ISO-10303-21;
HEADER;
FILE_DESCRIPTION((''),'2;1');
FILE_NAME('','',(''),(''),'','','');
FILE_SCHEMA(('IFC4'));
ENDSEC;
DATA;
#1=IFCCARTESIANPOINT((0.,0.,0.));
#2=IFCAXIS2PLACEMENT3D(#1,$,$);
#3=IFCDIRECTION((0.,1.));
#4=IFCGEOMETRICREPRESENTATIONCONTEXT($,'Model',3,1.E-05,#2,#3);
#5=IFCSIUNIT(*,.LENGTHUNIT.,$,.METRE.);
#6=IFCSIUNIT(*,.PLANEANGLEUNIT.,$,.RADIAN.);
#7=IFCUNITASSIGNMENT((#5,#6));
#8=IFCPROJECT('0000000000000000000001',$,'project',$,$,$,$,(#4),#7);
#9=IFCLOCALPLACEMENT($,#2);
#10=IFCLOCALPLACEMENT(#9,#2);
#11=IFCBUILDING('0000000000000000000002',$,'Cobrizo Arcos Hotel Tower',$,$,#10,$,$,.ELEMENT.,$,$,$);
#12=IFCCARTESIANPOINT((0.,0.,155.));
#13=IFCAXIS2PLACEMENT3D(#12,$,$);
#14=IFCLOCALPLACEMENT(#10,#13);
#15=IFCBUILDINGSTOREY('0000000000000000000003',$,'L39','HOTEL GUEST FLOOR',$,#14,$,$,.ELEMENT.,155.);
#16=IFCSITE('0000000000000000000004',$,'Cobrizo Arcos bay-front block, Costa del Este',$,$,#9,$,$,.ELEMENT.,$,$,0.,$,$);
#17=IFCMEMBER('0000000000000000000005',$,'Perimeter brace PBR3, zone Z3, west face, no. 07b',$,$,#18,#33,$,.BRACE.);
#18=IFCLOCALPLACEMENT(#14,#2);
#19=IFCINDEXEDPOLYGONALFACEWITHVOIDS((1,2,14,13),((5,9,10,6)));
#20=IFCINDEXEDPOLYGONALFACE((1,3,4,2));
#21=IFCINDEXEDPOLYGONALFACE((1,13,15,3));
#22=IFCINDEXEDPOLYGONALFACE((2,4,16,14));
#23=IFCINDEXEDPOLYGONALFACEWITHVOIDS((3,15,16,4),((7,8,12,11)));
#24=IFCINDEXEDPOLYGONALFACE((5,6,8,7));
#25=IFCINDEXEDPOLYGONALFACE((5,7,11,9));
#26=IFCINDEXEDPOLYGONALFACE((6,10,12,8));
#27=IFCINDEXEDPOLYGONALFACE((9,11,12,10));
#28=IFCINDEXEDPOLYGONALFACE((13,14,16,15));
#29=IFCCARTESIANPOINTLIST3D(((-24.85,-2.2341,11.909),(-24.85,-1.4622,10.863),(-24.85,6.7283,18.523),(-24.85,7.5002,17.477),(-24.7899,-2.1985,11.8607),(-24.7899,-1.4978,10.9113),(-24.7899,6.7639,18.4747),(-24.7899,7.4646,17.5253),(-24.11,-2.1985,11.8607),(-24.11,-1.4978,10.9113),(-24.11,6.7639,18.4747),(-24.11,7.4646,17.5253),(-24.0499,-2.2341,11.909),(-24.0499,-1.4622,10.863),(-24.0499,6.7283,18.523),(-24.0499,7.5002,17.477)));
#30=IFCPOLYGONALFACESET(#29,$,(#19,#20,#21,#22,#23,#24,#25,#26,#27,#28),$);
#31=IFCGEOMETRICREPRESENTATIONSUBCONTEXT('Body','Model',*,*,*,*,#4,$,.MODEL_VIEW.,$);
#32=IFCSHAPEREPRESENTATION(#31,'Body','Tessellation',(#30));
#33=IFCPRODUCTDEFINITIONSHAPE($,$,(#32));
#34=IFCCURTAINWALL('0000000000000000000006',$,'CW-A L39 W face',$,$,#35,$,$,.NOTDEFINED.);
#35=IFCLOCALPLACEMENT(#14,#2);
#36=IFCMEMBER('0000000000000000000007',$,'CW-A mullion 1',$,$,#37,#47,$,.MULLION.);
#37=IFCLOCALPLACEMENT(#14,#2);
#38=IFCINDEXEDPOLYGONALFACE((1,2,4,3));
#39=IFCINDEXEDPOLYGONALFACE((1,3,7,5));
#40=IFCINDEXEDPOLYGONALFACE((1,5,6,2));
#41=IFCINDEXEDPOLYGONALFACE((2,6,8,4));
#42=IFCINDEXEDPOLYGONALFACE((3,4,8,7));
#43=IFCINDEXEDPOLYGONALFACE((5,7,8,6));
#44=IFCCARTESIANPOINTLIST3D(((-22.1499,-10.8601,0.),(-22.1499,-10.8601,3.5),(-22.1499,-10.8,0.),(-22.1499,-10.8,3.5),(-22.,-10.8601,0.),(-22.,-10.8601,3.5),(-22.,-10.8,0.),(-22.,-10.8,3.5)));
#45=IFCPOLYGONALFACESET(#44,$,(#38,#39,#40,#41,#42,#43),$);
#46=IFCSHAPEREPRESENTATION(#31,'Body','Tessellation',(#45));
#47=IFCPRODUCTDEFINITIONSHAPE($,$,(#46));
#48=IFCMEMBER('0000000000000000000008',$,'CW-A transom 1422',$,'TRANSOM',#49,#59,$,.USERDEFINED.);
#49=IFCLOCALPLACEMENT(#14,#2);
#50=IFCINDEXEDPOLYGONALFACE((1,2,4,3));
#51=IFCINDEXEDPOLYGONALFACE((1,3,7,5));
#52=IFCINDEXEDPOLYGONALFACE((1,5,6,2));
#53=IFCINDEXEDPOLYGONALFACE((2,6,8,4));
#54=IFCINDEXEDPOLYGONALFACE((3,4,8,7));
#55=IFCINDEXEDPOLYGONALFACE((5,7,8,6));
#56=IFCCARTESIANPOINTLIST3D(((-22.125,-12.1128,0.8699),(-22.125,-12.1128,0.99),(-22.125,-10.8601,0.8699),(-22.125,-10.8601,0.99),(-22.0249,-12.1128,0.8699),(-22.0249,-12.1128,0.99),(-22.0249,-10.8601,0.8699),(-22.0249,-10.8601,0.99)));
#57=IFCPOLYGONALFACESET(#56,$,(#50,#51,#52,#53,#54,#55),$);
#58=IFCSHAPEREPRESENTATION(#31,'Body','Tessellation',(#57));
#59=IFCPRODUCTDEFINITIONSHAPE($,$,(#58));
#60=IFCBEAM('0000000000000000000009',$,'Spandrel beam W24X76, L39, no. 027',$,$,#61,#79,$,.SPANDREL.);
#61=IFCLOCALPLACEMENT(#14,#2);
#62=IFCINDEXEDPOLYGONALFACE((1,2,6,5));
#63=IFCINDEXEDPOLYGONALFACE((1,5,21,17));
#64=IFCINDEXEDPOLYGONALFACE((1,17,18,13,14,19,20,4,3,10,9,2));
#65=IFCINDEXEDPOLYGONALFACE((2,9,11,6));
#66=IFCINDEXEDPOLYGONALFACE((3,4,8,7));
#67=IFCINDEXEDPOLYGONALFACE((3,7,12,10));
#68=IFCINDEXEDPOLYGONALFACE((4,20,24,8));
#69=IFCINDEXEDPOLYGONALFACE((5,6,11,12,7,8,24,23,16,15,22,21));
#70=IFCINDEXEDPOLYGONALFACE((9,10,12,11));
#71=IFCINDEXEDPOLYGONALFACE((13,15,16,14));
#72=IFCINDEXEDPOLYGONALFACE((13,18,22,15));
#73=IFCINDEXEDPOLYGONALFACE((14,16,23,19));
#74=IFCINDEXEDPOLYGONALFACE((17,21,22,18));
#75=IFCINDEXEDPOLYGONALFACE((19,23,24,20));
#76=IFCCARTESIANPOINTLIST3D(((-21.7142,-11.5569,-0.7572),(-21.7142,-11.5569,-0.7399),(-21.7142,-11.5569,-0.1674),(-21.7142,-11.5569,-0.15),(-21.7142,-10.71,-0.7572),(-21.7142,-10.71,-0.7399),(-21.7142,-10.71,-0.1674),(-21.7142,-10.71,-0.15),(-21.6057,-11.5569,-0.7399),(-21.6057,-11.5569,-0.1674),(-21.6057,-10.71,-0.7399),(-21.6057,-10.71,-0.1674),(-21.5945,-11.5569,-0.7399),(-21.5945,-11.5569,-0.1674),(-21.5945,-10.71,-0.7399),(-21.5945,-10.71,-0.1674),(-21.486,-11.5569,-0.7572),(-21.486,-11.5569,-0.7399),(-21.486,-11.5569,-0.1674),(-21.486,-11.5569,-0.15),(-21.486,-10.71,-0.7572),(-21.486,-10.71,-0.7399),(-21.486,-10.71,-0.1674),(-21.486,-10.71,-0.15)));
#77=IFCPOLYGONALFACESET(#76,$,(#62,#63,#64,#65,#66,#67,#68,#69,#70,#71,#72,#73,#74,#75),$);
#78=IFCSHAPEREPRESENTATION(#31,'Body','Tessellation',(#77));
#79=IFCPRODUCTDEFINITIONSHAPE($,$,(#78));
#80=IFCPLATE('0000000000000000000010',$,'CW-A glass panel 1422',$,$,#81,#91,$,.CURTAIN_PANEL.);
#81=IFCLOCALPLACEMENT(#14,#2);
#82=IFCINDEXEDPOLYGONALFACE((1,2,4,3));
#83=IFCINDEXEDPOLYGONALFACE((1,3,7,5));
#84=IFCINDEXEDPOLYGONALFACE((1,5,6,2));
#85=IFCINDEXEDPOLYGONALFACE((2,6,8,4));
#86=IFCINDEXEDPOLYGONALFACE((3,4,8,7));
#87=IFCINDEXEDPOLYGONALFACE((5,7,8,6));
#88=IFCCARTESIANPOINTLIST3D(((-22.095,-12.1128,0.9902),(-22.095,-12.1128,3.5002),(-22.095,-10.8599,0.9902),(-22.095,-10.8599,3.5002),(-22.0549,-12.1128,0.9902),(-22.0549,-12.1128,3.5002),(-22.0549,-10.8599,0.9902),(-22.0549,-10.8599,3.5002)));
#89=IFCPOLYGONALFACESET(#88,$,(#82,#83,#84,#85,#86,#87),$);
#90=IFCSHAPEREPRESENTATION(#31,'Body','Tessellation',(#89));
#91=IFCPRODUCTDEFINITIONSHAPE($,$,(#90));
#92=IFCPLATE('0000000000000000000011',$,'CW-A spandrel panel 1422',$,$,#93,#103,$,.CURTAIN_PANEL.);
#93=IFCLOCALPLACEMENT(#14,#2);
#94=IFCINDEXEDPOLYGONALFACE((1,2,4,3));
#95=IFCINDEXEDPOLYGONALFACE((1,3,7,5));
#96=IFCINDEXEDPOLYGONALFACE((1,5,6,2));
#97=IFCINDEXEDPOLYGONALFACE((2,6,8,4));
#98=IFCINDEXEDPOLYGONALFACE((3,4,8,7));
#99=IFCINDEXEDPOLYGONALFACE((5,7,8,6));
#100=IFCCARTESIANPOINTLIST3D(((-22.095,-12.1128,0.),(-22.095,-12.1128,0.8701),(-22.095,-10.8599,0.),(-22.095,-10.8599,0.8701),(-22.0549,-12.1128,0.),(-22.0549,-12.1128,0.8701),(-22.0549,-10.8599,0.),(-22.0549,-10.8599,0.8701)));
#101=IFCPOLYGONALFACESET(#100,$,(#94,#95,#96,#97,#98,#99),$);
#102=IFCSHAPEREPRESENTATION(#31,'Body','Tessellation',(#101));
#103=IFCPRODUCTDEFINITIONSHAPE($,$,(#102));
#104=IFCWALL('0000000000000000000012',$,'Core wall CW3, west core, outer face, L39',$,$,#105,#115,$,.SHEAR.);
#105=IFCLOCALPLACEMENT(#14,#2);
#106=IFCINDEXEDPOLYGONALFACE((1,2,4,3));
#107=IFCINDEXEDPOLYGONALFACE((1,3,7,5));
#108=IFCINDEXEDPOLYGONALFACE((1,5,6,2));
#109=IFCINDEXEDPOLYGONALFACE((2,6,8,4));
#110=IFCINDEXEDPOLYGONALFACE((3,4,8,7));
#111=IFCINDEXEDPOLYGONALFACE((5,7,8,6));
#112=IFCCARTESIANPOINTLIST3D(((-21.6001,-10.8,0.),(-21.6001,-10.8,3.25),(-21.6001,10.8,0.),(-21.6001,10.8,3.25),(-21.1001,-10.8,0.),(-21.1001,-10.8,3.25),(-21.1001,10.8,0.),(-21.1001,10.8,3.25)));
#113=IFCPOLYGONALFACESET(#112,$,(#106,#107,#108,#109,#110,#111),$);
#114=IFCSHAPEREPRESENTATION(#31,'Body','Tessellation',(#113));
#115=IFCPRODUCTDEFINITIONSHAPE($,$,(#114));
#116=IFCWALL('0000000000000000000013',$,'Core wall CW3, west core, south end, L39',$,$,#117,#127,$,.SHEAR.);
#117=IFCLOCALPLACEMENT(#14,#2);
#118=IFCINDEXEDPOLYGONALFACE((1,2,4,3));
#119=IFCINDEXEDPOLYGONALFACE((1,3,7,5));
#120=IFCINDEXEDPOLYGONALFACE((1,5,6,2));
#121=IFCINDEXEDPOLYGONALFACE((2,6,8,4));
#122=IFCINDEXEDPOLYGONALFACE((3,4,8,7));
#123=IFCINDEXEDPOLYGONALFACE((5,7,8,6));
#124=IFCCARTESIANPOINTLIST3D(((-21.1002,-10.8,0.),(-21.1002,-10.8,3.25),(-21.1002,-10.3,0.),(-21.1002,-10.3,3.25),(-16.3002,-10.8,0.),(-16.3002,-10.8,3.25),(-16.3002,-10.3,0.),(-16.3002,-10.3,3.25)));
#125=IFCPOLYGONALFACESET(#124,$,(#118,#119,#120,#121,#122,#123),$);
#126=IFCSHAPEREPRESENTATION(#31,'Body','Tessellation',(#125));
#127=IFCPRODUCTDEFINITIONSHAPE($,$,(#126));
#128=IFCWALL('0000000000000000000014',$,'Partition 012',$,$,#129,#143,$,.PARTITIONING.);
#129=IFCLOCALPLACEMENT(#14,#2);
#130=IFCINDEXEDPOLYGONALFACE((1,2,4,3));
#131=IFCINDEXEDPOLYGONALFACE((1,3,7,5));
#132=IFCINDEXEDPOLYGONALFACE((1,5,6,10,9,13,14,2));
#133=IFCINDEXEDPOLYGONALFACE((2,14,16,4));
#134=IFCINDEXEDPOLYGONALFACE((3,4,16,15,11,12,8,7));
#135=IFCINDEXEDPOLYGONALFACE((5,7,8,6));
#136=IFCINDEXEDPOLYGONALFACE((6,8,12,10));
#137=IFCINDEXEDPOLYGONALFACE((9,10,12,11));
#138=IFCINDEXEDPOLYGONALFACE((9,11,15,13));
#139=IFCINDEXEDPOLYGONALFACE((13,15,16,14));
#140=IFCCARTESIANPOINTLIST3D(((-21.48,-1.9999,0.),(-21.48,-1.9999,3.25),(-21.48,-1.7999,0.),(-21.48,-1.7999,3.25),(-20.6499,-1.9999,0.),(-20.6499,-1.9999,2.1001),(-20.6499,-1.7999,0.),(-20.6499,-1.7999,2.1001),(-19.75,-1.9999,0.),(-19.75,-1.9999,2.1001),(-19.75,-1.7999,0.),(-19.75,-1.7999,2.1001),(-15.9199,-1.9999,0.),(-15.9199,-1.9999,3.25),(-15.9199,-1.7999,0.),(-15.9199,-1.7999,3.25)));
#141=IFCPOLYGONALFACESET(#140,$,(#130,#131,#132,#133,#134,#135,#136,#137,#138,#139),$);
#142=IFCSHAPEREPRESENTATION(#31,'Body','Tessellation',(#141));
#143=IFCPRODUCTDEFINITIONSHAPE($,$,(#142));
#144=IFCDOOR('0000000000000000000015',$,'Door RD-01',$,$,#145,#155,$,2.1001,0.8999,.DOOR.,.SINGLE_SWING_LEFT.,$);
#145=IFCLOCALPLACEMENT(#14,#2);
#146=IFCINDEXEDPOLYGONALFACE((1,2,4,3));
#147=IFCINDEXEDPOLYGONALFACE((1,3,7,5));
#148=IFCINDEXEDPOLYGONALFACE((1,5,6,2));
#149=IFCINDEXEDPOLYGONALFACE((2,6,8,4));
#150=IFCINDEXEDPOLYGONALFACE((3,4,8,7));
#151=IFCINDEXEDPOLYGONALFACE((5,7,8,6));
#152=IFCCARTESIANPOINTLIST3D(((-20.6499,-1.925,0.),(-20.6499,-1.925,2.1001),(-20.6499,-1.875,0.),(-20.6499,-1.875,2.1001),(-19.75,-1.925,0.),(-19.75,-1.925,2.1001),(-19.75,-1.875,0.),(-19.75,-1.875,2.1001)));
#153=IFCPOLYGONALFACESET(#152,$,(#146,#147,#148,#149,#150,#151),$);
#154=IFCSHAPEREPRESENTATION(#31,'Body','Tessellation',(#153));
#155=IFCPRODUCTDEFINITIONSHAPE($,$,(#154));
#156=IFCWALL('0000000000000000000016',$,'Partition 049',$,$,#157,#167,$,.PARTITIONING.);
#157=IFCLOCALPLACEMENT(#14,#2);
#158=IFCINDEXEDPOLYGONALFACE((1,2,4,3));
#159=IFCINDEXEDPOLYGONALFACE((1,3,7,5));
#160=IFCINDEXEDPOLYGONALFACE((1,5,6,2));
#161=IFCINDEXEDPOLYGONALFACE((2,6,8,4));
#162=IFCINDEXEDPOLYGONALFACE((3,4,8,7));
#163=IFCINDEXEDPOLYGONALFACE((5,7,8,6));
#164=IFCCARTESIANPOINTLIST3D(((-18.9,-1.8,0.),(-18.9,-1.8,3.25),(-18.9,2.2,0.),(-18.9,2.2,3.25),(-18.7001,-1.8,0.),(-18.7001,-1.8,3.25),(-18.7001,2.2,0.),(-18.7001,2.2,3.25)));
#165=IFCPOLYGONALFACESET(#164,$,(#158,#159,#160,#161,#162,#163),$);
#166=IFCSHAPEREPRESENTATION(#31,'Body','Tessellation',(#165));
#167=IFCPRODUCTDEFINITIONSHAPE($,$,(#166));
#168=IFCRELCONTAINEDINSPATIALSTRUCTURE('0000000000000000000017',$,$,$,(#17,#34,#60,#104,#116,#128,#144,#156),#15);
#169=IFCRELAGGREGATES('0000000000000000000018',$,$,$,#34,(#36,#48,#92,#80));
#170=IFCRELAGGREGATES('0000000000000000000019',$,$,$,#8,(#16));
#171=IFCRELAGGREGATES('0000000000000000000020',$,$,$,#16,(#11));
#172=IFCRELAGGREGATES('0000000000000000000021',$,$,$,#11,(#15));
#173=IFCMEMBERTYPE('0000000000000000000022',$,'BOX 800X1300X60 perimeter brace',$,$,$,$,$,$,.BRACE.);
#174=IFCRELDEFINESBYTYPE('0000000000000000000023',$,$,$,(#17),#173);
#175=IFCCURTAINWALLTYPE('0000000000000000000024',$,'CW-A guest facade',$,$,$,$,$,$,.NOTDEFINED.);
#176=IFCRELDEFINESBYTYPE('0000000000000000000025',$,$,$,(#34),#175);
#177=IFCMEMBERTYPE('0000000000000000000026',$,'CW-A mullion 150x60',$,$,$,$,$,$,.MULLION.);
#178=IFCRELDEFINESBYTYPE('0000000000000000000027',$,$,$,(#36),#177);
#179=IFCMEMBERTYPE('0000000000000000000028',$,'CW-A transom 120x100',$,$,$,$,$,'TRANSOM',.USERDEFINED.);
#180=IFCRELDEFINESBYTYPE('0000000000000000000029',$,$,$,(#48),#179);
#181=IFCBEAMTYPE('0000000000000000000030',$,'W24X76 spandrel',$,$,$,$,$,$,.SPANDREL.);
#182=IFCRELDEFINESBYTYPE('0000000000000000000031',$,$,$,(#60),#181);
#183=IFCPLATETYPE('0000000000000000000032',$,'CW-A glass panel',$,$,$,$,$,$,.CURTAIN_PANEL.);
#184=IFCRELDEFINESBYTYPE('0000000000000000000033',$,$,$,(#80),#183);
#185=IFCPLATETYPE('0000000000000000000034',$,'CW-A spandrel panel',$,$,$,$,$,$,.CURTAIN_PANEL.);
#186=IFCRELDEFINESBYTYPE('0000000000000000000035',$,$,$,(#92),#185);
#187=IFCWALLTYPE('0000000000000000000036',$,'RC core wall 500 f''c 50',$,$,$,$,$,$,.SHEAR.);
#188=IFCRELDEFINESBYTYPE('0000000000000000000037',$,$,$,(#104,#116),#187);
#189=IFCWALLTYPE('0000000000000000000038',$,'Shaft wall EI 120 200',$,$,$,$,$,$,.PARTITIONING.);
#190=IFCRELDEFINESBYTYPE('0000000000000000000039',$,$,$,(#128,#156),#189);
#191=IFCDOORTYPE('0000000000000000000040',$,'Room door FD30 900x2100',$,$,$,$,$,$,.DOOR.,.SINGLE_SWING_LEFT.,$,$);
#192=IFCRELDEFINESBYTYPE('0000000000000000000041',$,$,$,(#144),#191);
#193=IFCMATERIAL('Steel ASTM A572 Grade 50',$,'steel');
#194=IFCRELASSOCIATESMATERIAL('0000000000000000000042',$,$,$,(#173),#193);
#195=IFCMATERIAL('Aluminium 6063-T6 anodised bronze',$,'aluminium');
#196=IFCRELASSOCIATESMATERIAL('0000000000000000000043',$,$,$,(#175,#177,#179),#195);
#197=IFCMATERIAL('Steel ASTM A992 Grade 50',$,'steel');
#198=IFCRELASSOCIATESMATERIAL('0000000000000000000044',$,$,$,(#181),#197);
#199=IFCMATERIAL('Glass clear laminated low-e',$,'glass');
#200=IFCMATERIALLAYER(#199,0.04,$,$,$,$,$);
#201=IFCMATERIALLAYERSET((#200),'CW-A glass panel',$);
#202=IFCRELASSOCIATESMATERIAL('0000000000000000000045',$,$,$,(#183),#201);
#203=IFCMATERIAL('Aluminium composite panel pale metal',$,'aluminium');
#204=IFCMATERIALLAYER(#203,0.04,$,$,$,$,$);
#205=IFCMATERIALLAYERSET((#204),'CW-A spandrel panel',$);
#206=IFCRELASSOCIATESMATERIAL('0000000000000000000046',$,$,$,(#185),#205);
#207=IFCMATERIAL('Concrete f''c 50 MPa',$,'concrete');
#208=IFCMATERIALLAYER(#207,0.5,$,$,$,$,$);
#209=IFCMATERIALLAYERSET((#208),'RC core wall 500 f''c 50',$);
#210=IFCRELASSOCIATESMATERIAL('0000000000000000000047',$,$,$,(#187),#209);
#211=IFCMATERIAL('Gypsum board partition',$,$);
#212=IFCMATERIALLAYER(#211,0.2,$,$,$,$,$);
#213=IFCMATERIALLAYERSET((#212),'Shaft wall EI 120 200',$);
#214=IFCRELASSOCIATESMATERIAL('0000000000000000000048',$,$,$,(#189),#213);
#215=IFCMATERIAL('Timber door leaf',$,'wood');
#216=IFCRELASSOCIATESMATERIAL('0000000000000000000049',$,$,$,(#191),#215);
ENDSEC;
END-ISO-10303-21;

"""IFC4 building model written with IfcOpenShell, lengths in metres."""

from ifc_helpers import new_model, si_unit, direction, frame, frame_2d, origin, origin_2d, place, context, subcontext, project, spatial, rectangle, hollow_rectangle, i_section, extrude, material, layer, layer_set, material_profile, profile_set, type_object, element, fill, aggregate, save


model = new_model("IFC4")

# Units and contexts
model_context = context("Model", 3, precision=1e-05, world=origin(), true_north=direction((0.0, 1.0)))
body_context = subcontext(model_context, "Body", "Model", "MODEL_VIEW")
ifc_project = project(units=[si_unit("LENGTHUNIT", "METRE"), si_unit("PLANEANGLEUNIT", "RADIAN")], contexts=[model_context])

# Site, building, storey
site_placement = place(None, origin())
site = spatial("IfcSite", under=ifc_project, at=site_placement, Name="Cobrizo Arcos bay-front block, Costa del Este", CompositionType="ELEMENT", RefElevation=0.0)
building_placement = place(site_placement, origin())
building = spatial("IfcBuilding", under=site, at=building_placement, Name="Cobrizo Arcos Hotel Tower", CompositionType="ELEMENT")
storey_placement = place(building_placement, frame((0.0, 0.0, 155.0)))
storey = spatial("IfcBuildingStorey", under=building, at=storey_placement, Name="L39", Description="HOTEL GUEST FLOOR", CompositionType="ELEMENT", Elevation=155.0)

# Member
ifc_material_1 = material(Name="Steel ASTM A572 Grade 50", Category="steel")
ifc_material_profile_1 = material_profile(ifc_material_1, hollow_rectangle(XDim=0.8, YDim=1.3, WallThickness=0.0601, at=origin_2d()), Name="BOX 800X1300X60")
ifc_profile_set_1 = profile_set([ifc_material_profile_1], Name="Steel ASTM A572 Grade 50")
member_type_1 = type_object("IfcMemberType", Name="BOX 800X1300X60 perimeter brace", PredefinedType="BRACE", material=ifc_profile_set_1)
member_1_placement = place(storey_placement, frame((-24.45, -1.8481, 11.386), z_axis=(0.0, 0.804621, 0.593789), x_axis=(-1.0, 0.0, 0.0)))
element("IfcMember", 1, at=member_1_placement, inside=storey, type_object=member_type_1, Name="Perimeter brace PBR3, zone Z3, west face, no. 07b", PredefinedType="BRACE", context=body_context, shape_type="SweptSolid", body=[
    extrude(hollow_rectangle(XDim=0.8, YDim=1.3, WallThickness=0.0601, at=origin_2d()), origin(), (0.0, 0.0, 1.0), 11.1387),
])

# Curtain wall, members
ifc_material_2 = material(Name="Aluminium 6063-T6 anodised bronze", Category="aluminium")
curtain_wall_type = type_object("IfcCurtainWallType", Name="CW-A guest facade", PredefinedType="NOTDEFINED", material=ifc_material_2)
curtain_wall_placement = place(storey_placement, origin())
curtain_wall = element("IfcCurtainWall", 2, at=curtain_wall_placement, inside=storey, type_object=curtain_wall_type, Name="CW-A L39 W face", PredefinedType="NOTDEFINED")
ifc_material_profile_2 = material_profile(ifc_material_2, rectangle(XDim=0.1499, YDim=0.0601, at=origin_2d()), Name="CW-A mullion 150x60")
ifc_profile_set_2 = profile_set([ifc_material_profile_2], Name="Aluminium 6063-T6 anodised bronze")
member_type_2 = type_object("IfcMemberType", Name="CW-A mullion 150x60", PredefinedType="MULLION", material=ifc_profile_set_2)
member_2_placement = place(storey_placement, frame((-22.075, -10.8301, 0.0), z_axis=(0.0, 0.0, 1.0), x_axis=(-1.0, 0.0, 0.0)))
member_2 = element("IfcMember", 3, at=member_2_placement, type_object=member_type_2, Name="CW-A mullion 1", PredefinedType="MULLION", context=body_context, shape_type="SweptSolid", body=[
    extrude(rectangle(XDim=0.1499, YDim=0.0601, at=origin_2d()), origin(), (0.0, 0.0, 1.0), 3.5),
])
ifc_material_profile_3 = material_profile(ifc_material_2, rectangle(XDim=0.1001, YDim=0.1201, at=origin_2d()), Name="CW-A transom 120x100")
ifc_profile_set_3 = profile_set([ifc_material_profile_3], Name="Aluminium 6063-T6 anodised bronze")
member_type_3 = type_object("IfcMemberType", Name="CW-A transom 120x100", ElementType="TRANSOM", PredefinedType="USERDEFINED", material=ifc_profile_set_3)
member_3_placement = place(storey_placement, frame((-22.075, -10.8601, 0.9299), z_axis=(0.0, -1.0, 0.0), x_axis=(1.0, 0.0, 0.0)))
member_3 = element("IfcMember", 4, at=member_3_placement, type_object=member_type_3, Name="CW-A transom 1422", ObjectType="TRANSOM", PredefinedType="USERDEFINED", context=body_context, shape_type="SweptSolid", body=[
    extrude(rectangle(XDim=0.1001, YDim=0.1201, at=origin_2d()), origin(), (0.0, 0.0, 1.0), 1.2527),
])

# Beam
ifc_material_3 = material(Name="Steel ASTM A992 Grade 50", Category="steel")
ifc_material_profile_4 = material_profile(ifc_material_3, i_section(OverallWidth=0.2283, OverallDepth=0.6072, WebThickness=0.0112, FlangeThickness=0.0173, at=origin_2d()), Name="W24X76")
ifc_profile_set_4 = profile_set([ifc_material_profile_4], Name="Steel ASTM A992 Grade 50")
beam_type = type_object("IfcBeamType", Name="W24X76 spandrel", PredefinedType="SPANDREL", material=ifc_profile_set_4)
beam_placement = place(storey_placement, frame((-21.6001, -10.71, -0.4536), z_axis=(0.0, -1.0, 0.0), x_axis=(1.0, 0.0, 0.0)))
element("IfcBeam", 5, at=beam_placement, inside=storey, type_object=beam_type, Name="Spandrel beam W24X76, L39, no. 027", PredefinedType="SPANDREL", context=body_context, shape_type="SweptSolid", body=[
    extrude(i_section(OverallWidth=0.2283, OverallDepth=0.6072, WebThickness=0.0112, FlangeThickness=0.0173, at=origin_2d()), origin(), (0.0, 0.0, 1.0), 0.8469),
])

# Plates
ifc_material_4 = material(Name="Glass clear laminated low-e", Category="glass")
ifc_layer_1 = layer(ifc_material_4, 0.04)
ifc_layer_set_1 = layer_set([ifc_layer_1], Name="CW-A glass panel")
plate_type_1 = type_object("IfcPlateType", Name="CW-A glass panel", PredefinedType="CURTAIN_PANEL", material=ifc_layer_set_1)
plate_1_placement = place(storey_placement, frame((-22.075, -11.4863, 0.9902), z_axis=(0.0, 0.0, 1.0), x_axis=(0.0, -1.0, 0.0)))
plate_1 = element("IfcPlate", 6, at=plate_1_placement, type_object=plate_type_1, Name="CW-A glass panel 1422", PredefinedType="CURTAIN_PANEL", context=body_context, shape_type="SweptSolid", body=[
    extrude(rectangle(XDim=1.2529, YDim=0.04, at=origin_2d()), origin(), (0.0, 0.0, 1.0), 2.51),
])
ifc_material_5 = material(Name="Aluminium composite panel pale metal", Category="aluminium")
ifc_layer_2 = layer(ifc_material_5, 0.04)
ifc_layer_set_2 = layer_set([ifc_layer_2], Name="CW-A spandrel panel")
plate_type_2 = type_object("IfcPlateType", Name="CW-A spandrel panel", PredefinedType="CURTAIN_PANEL", material=ifc_layer_set_2)
plate_2_placement = place(storey_placement, frame((-22.075, -11.4863, 0.0), z_axis=(0.0, 0.0, 1.0), x_axis=(0.0, -1.0, 0.0)))
plate_2 = element("IfcPlate", 7, at=plate_2_placement, type_object=plate_type_2, Name="CW-A spandrel panel 1422", PredefinedType="CURTAIN_PANEL", context=body_context, shape_type="SweptSolid", body=[
    extrude(rectangle(XDim=1.2529, YDim=0.04, at=origin_2d()), origin(), (0.0, 0.0, 1.0), 0.8701),
])
aggregate(curtain_wall, [member_2, member_3, plate_2, plate_1])

# Walls
ifc_material_6 = material(Name="Concrete f'c 50 MPa", Category="concrete")
ifc_layer_3 = layer(ifc_material_6, 0.5)
ifc_layer_set_3 = layer_set([ifc_layer_3], Name="RC core wall 500 f'c 50")
wall_type_1 = type_object("IfcWallType", Name="RC core wall 500 f'c 50", PredefinedType="SHEAR", material=ifc_layer_set_3)
wall_1_placement = place(storey_placement, frame((-21.3501, -10.8, 0.0), z_axis=(0.0, 0.0, 1.0), x_axis=(0.0, 1.0, 0.0)))
element("IfcWall", 8, at=wall_1_placement, inside=storey, type_object=wall_type_1, Name="Core wall CW3, west core, outer face, L39", PredefinedType="SHEAR", context=body_context, shape_type="SweptSolid", body=[
    extrude(rectangle(XDim=21.6001, YDim=0.5, at=frame_2d((10.8, 0.0))), origin(), (0.0, 0.0, 1.0), 3.25),
])
wall_2_placement = place(storey_placement, frame((-21.1001, -10.55, 0.0), z_axis=(0.0, 0.0, 1.0), x_axis=(1.0, 0.0, 0.0)))
element("IfcWall", 9, at=wall_2_placement, inside=storey, type_object=wall_type_1, Name="Core wall CW3, west core, south end, L39", PredefinedType="SHEAR", context=body_context, shape_type="SweptSolid", body=[
    extrude(rectangle(XDim=4.8, YDim=0.5, at=frame_2d((2.3999, 0.0))), origin(), (0.0, 0.0, 1.0), 3.25),
])

# Wall, opening, door
ifc_material_7 = material(Name="Gypsum board partition")
ifc_layer_4 = layer(ifc_material_7, 0.2)
ifc_layer_set_4 = layer_set([ifc_layer_4], Name="Shaft wall EI 120 200")
wall_type_2 = type_object("IfcWallType", Name="Shaft wall EI 120 200", PredefinedType="PARTITIONING", material=ifc_layer_set_4)
wall_3_placement = place(storey_placement, frame((-21.48, -1.8999, 0.0), z_axis=(0.0, 0.0, 1.0), x_axis=(1.0, 0.0, 0.0)))
wall_3 = element("IfcWall", 10, at=wall_3_placement, inside=storey, type_object=wall_type_2, Name="Partition 012", PredefinedType="PARTITIONING", context=body_context, shape_type="SweptSolid", body=[
    extrude(rectangle(XDim=5.5601, YDim=0.2, at=frame_2d((2.78, 0.0))), origin(), (0.0, 0.0, 1.0), 3.25),
])
opening_placement = place(wall_3_placement, frame((0.8301, 0.0, 0.0)))
opening = element("IfcOpeningElement", 11, at=opening_placement, cuts=wall_3, PredefinedType="OPENING", context=body_context, shape_type="SweptSolid", body=[
    extrude(rectangle(XDim=0.8999, YDim=2.1001, at=frame_2d((0.45, 1.05))), frame((0.0, 0.1121, 0.0), z_axis=(0.0, -1.0, 0.0), x_axis=(1.0, 0.0, 0.0)), (0.0, 0.0, 1.0), 0.2239),
])
ifc_material_8 = material(Name="Timber door leaf", Category="wood")
door_type = type_object("IfcDoorType", Name="Room door FD30 900x2100", OperationType="SINGLE_SWING_LEFT", PredefinedType="DOOR", material=ifc_material_8)
door_placement = place(opening_placement, origin())
door = element("IfcDoor", 12, at=door_placement, inside=storey, type_object=door_type, Name="Door RD-01", OperationType="SINGLE_SWING_LEFT", OverallHeight=2.1001, OverallWidth=0.8999, PredefinedType="DOOR", context=body_context, shape_type="SweptSolid", body=[
    extrude(rectangle(XDim=0.8999, YDim=2.1001, at=frame_2d((0.45, 1.05))), frame((0.0, 0.0249, 0.0), z_axis=(0.0, -1.0, 0.0), x_axis=(1.0, 0.0, 0.0)), (0.0, 0.0, 1.0), 0.05),
])
fill(opening, door)

# Wall
wall_4_placement = place(storey_placement, frame((-18.8, -1.8, 0.0), z_axis=(0.0, 0.0, 1.0), x_axis=(0.0, 1.0, 0.0)))
element("IfcWall", 13, at=wall_4_placement, inside=storey, type_object=wall_type_2, Name="Partition 049", PredefinedType="PARTITIONING", context=body_context, shape_type="SweptSolid", body=[
    extrude(rectangle(XDim=4.0, YDim=0.2, at=frame_2d((2.0, 0.0))), origin(), (0.0, 0.0, 1.0), 3.25),
])

save(model, "model.ifc")
